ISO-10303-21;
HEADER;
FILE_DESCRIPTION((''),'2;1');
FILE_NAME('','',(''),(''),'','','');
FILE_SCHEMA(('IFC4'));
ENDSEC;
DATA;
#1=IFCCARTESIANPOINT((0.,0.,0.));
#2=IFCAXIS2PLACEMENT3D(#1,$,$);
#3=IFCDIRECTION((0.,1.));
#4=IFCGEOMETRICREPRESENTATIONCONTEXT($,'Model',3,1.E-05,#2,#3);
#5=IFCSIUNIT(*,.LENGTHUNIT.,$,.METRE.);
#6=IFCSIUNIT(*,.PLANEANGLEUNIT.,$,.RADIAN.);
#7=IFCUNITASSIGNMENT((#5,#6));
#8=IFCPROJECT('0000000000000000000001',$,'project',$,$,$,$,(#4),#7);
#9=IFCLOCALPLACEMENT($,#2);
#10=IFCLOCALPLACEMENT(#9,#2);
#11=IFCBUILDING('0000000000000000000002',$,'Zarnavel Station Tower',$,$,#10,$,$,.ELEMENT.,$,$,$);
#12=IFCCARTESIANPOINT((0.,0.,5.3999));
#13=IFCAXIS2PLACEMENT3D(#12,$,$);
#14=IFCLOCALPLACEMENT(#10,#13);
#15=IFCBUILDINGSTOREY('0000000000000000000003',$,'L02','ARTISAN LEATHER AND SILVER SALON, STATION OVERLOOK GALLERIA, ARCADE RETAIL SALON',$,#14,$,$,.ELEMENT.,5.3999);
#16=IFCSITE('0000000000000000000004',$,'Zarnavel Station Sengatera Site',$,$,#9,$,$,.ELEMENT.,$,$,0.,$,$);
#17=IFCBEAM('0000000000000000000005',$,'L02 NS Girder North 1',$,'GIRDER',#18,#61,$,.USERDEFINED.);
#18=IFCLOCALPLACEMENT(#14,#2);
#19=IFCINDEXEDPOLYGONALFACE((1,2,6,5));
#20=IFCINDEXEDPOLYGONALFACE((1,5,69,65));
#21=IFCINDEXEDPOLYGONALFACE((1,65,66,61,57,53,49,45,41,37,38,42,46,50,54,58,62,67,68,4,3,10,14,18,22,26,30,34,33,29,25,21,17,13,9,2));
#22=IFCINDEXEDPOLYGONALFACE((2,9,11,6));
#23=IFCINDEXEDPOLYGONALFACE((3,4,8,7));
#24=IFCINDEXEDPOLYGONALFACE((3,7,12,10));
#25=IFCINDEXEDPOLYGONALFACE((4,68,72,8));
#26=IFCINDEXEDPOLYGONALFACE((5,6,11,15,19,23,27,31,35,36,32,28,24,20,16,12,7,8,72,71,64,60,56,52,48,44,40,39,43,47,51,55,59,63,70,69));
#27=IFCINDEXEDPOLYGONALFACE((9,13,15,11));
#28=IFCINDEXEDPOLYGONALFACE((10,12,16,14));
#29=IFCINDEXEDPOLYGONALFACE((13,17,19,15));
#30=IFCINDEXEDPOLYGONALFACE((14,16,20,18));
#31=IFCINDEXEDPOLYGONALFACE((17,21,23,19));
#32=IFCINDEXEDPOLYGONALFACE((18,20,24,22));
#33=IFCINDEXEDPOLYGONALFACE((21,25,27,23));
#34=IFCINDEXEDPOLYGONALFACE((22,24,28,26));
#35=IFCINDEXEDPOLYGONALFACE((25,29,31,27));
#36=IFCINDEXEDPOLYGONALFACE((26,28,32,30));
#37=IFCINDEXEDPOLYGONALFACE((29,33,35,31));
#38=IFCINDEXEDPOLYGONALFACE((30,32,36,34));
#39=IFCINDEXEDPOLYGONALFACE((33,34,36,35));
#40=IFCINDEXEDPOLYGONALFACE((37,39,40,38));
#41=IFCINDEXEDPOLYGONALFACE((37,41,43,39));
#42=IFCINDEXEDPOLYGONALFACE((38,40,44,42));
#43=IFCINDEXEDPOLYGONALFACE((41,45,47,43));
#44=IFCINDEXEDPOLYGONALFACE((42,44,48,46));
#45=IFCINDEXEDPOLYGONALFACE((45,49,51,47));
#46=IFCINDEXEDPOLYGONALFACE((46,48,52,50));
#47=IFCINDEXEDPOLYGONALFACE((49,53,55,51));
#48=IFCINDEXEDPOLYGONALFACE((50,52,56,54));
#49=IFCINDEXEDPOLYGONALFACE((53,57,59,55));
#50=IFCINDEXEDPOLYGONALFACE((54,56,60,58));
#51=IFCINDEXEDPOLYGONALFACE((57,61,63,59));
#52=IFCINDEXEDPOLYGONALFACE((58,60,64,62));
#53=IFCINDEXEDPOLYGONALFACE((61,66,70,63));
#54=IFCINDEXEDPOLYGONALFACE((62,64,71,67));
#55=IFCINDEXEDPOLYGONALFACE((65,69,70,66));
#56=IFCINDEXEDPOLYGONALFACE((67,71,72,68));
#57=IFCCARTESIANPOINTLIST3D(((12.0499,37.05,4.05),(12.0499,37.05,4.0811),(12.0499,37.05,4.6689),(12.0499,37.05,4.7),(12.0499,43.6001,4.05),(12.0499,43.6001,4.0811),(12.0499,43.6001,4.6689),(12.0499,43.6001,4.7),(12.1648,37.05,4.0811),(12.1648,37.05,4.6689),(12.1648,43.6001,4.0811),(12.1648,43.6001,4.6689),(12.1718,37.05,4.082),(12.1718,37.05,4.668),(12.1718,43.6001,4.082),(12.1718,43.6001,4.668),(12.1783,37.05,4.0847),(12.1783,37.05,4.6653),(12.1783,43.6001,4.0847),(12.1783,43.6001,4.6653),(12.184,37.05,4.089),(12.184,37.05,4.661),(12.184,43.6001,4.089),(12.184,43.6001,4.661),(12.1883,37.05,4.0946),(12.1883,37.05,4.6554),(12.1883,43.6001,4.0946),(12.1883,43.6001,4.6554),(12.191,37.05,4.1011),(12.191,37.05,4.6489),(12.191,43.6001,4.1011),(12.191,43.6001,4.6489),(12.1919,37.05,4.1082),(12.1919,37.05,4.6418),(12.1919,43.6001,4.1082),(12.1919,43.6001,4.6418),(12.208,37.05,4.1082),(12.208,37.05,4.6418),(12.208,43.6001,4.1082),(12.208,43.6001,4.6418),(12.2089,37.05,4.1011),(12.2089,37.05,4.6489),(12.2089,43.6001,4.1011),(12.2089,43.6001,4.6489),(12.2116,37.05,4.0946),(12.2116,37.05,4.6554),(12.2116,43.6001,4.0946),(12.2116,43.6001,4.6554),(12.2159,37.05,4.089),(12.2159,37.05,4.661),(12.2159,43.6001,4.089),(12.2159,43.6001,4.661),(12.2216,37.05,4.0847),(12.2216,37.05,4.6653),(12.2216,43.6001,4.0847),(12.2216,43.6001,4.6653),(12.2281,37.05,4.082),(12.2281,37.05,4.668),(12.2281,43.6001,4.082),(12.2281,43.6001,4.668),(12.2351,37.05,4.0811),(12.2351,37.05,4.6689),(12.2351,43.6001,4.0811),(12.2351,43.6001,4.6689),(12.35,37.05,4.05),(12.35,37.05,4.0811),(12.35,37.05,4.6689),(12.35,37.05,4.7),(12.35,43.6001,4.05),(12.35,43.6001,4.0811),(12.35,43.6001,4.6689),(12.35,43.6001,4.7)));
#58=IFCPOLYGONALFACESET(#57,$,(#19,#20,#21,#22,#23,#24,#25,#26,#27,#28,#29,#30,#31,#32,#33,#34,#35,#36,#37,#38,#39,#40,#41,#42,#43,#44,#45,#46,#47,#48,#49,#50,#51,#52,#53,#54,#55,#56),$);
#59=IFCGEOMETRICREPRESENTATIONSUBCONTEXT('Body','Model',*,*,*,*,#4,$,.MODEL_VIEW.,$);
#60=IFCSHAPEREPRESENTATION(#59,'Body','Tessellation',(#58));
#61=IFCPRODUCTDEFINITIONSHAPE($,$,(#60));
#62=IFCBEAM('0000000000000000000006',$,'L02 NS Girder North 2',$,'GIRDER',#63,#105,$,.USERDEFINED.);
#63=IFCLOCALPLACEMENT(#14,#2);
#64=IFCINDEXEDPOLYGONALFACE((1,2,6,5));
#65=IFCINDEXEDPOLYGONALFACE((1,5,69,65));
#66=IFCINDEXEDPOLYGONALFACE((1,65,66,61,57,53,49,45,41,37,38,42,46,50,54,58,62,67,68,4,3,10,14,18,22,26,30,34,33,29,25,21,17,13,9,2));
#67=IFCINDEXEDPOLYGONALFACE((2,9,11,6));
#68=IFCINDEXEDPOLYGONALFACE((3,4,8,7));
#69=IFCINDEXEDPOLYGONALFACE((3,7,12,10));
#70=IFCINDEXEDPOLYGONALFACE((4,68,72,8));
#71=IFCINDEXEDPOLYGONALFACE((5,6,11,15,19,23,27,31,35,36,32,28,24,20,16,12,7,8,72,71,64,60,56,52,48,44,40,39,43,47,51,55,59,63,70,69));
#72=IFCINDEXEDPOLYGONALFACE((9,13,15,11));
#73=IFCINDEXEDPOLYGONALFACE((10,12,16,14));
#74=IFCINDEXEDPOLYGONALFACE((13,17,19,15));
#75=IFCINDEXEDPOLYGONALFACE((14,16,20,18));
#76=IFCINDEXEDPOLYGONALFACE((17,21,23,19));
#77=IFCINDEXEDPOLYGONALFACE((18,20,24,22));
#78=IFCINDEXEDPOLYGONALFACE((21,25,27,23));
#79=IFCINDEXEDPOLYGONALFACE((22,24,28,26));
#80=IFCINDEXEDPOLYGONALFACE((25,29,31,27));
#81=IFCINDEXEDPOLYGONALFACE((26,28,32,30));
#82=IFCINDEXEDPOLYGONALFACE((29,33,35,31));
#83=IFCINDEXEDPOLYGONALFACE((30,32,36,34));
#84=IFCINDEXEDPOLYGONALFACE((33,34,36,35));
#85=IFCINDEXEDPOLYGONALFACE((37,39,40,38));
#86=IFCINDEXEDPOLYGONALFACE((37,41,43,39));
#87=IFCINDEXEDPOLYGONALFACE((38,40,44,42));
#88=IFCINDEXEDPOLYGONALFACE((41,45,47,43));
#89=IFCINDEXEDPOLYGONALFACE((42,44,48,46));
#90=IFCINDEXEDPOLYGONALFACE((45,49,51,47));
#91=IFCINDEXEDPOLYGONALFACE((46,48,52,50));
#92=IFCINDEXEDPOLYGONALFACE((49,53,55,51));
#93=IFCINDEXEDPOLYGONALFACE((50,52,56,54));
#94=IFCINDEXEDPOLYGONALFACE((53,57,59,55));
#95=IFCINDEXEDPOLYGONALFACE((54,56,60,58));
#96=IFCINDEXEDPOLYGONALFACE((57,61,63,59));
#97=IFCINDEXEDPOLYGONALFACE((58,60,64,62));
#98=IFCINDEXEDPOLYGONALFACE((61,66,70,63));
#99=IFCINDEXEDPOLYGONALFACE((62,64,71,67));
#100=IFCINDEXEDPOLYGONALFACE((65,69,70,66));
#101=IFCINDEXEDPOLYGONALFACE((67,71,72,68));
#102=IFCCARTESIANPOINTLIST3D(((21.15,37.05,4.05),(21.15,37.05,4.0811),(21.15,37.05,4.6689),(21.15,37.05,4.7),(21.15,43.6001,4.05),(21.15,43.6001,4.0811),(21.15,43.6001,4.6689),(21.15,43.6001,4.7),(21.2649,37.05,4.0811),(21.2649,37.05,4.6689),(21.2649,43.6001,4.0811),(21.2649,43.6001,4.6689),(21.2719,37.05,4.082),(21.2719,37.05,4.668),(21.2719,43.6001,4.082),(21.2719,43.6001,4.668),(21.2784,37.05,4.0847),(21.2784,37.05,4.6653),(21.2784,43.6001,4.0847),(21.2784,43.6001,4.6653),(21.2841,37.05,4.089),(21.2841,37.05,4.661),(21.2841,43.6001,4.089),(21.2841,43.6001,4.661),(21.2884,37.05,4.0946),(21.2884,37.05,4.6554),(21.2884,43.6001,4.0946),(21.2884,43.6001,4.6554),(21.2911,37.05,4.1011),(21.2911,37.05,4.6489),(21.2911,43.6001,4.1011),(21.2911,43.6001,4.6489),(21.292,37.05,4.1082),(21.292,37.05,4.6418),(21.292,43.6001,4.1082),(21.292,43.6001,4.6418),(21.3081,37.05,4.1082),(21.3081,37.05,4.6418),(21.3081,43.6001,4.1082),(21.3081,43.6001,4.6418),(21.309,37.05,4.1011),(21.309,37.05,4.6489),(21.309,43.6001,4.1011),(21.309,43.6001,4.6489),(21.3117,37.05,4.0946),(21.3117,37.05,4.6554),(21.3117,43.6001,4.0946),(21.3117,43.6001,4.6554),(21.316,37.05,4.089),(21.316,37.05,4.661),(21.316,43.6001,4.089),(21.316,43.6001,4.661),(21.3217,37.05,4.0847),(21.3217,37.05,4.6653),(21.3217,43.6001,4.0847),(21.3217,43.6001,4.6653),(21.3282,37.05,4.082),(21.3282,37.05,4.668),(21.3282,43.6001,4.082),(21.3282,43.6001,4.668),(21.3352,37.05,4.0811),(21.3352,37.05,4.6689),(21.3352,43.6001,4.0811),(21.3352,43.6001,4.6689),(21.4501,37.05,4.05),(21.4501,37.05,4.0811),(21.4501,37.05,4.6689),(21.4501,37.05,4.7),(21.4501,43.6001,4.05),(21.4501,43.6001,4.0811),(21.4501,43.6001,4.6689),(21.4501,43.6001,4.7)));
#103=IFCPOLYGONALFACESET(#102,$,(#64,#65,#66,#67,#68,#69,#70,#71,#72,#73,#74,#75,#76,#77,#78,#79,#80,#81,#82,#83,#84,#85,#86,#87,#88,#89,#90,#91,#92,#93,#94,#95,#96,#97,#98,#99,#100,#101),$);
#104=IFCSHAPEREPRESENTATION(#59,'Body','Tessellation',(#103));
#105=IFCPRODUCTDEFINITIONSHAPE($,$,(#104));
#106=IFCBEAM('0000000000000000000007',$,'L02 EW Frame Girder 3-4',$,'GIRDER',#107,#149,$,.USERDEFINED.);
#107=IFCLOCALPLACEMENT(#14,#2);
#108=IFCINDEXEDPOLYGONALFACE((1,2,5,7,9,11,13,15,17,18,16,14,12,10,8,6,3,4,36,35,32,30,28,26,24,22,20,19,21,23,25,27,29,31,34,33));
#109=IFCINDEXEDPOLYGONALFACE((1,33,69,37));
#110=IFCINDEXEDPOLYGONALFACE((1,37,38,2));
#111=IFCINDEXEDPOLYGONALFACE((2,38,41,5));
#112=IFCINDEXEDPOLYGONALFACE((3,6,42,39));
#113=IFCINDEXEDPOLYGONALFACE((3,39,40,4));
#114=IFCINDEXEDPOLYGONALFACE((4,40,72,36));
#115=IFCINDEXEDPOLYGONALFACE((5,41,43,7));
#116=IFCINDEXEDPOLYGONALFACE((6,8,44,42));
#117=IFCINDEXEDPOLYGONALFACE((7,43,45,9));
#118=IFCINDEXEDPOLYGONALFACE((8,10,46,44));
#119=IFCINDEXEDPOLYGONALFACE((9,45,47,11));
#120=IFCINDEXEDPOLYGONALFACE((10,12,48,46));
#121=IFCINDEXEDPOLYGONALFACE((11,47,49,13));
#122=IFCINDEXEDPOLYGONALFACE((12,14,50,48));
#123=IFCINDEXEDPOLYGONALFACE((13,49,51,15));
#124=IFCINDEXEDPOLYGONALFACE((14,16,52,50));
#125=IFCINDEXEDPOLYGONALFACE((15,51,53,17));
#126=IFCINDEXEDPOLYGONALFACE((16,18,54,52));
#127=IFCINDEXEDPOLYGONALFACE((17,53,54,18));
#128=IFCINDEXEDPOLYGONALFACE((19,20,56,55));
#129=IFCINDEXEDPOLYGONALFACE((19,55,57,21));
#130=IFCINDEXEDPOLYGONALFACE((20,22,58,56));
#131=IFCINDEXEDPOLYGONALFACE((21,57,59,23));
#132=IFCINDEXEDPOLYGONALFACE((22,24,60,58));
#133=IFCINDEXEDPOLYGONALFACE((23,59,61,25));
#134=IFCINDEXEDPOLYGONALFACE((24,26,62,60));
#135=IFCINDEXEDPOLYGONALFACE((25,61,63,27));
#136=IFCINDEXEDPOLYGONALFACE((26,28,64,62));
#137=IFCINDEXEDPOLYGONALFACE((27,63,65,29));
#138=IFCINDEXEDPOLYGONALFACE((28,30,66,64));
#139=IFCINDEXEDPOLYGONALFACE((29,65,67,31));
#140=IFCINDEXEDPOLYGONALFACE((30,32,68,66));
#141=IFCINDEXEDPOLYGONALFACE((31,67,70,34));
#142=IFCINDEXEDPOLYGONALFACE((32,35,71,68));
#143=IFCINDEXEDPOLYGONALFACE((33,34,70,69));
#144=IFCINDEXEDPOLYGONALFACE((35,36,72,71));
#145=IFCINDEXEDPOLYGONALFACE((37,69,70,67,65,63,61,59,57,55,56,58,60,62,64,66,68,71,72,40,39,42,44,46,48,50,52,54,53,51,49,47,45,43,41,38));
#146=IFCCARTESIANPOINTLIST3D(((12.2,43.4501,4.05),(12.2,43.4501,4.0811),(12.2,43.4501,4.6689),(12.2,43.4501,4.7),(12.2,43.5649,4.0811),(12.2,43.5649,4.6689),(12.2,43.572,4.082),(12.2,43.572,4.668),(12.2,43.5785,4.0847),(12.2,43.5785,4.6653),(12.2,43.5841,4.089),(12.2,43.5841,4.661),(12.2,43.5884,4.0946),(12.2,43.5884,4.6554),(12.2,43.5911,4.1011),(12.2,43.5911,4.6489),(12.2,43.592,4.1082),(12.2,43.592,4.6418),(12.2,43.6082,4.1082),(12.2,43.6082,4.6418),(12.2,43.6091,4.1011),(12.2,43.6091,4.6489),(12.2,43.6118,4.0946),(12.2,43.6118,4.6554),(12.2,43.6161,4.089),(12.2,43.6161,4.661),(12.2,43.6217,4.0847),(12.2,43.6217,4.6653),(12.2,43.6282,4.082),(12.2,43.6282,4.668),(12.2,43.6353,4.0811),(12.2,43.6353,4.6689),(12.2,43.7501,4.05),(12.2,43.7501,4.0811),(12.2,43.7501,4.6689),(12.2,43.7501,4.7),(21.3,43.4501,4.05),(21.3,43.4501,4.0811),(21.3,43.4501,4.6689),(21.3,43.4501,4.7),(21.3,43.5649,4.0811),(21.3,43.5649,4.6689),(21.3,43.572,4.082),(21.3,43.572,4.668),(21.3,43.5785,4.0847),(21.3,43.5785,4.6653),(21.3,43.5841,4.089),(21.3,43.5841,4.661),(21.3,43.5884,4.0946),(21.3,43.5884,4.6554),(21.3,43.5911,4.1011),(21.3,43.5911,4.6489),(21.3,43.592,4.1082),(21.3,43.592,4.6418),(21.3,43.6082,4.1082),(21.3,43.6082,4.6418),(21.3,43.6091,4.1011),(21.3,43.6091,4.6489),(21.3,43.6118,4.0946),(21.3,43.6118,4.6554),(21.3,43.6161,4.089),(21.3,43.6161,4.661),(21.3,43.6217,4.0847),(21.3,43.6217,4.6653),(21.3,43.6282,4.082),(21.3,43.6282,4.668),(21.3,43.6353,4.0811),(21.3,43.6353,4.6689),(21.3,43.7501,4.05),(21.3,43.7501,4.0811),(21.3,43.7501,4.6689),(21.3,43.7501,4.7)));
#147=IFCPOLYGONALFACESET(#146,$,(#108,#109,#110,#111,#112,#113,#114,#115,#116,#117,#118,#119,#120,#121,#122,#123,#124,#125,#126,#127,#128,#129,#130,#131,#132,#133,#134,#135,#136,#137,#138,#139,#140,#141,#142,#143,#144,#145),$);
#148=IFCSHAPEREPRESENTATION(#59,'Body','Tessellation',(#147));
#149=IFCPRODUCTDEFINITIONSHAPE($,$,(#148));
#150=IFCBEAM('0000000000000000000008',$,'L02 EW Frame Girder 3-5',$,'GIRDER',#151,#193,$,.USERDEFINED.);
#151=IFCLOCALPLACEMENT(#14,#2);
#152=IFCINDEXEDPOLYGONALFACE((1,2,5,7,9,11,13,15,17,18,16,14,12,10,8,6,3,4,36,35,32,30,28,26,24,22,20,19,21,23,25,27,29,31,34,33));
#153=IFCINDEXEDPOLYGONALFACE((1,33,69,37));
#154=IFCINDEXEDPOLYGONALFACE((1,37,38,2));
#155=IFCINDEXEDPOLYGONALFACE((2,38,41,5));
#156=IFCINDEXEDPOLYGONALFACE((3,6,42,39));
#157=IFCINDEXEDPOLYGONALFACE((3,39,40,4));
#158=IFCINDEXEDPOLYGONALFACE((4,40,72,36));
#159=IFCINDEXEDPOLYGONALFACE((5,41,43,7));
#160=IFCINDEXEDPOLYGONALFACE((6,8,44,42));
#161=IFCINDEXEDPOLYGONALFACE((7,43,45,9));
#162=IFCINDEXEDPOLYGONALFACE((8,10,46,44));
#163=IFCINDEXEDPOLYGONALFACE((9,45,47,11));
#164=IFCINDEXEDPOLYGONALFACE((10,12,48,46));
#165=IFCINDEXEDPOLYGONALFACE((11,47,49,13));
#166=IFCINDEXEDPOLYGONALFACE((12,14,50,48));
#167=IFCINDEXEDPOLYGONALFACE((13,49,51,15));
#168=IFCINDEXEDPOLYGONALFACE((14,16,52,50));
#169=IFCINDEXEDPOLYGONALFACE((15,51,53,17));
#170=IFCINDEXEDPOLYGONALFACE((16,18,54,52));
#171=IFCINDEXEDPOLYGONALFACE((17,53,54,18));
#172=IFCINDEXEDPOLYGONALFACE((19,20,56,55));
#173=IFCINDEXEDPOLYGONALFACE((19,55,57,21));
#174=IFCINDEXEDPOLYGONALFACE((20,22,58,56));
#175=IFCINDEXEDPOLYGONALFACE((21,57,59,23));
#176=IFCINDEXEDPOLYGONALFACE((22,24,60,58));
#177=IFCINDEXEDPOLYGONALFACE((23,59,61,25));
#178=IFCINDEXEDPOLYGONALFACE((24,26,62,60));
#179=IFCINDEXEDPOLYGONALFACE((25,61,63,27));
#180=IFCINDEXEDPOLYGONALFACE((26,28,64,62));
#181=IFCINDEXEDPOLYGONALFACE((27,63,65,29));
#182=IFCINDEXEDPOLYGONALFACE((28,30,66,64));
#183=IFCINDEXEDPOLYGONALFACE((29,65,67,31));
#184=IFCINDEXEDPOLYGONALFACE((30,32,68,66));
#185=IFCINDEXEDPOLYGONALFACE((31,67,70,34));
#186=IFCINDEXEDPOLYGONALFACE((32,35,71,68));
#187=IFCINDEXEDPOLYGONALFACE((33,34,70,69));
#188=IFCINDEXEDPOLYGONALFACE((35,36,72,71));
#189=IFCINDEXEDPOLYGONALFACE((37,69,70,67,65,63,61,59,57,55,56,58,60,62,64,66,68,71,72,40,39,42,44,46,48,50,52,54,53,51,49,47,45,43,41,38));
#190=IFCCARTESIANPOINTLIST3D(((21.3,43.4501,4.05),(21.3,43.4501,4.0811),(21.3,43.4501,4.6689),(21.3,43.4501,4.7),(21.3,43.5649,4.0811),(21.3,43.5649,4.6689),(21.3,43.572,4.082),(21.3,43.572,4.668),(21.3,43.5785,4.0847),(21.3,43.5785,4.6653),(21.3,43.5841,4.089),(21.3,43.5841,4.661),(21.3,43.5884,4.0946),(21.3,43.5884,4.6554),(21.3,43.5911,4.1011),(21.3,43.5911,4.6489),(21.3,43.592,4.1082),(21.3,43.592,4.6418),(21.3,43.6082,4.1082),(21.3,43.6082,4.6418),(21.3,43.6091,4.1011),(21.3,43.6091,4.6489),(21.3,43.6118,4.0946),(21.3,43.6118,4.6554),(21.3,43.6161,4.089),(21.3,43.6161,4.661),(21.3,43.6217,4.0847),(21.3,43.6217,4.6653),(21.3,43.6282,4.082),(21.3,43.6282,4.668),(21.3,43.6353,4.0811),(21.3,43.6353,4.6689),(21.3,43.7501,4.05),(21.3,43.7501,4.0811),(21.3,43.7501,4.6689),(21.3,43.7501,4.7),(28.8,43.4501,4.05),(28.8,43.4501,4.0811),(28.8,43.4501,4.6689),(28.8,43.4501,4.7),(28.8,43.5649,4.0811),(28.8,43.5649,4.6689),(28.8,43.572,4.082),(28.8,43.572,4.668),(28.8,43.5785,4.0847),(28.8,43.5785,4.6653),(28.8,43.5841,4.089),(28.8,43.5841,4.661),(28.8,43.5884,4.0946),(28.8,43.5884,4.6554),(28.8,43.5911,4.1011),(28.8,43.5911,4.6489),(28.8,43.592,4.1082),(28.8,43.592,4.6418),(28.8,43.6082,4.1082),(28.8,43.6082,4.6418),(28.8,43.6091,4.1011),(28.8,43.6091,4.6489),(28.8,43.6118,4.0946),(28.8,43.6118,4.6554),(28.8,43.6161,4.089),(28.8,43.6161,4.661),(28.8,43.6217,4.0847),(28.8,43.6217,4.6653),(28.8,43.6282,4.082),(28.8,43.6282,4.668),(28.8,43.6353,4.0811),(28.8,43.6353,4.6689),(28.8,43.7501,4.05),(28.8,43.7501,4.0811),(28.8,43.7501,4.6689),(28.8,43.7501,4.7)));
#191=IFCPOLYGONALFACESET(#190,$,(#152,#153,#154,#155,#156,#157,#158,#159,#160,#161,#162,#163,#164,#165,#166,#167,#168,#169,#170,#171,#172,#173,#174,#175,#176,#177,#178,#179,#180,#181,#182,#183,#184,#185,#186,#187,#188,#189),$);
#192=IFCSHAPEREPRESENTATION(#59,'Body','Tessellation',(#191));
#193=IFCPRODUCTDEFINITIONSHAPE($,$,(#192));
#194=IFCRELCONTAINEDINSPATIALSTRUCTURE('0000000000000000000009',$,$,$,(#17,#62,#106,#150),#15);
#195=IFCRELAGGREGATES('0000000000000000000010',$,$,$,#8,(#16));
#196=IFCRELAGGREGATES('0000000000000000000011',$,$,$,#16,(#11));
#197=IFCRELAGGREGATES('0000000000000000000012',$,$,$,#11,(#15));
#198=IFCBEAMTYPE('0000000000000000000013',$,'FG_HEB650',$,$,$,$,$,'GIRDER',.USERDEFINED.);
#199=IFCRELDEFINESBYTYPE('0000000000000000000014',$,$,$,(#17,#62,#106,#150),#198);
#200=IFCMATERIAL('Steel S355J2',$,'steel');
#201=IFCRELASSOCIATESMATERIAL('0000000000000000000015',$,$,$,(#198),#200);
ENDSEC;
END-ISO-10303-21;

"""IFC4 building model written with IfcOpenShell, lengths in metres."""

from ifc_helpers import new_model, si_unit, direction, frame, origin, origin_2d, place, context, subcontext, project, spatial, i_section, extrude, material, material_profile, profile_set, type_object, element, save


model = new_model("IFC4")

# Units and contexts
model_context = context("Model", 3, precision=1e-05, world=origin(), true_north=direction((0.0, 1.0)))
body_context = subcontext(model_context, "Body", "Model", "MODEL_VIEW")
ifc_project = project(units=[si_unit("LENGTHUNIT", "METRE"), si_unit("PLANEANGLEUNIT", "RADIAN")], contexts=[model_context])

# Site, building, storey
site_placement = place(None, origin())
site = spatial("IfcSite", under=ifc_project, at=site_placement, Name="Zarnavel Station Sengatera Site", CompositionType="ELEMENT", RefElevation=0.0)
building_placement = place(site_placement, origin())
building = spatial("IfcBuilding", under=site, at=building_placement, Name="Zarnavel Station Tower", CompositionType="ELEMENT")
storey_placement = place(building_placement, frame((0.0, 0.0, 5.3999)))
storey = spatial("IfcBuildingStorey", under=building, at=storey_placement, Name="L02", Description="ARTISAN LEATHER AND SILVER SALON, STATION OVERLOOK GALLERIA, ARCADE RETAIL SALON", CompositionType="ELEMENT", Elevation=5.3999)

# Beams
ifc_material_1 = material(Name="Steel S355J2", Category="steel")
ifc_material_profile_1 = material_profile(ifc_material_1, i_section(OverallWidth=0.3, OverallDepth=0.6499, WebThickness=0.0161, FlangeThickness=0.031, FilletRadius=0.0271, at=origin_2d()), Name="HEB650")
ifc_profile_set_1 = profile_set([ifc_material_profile_1], Name="Steel S355J2")
beam_type = type_object("IfcBeamType", Name="FG_HEB650", ElementType="GIRDER", PredefinedType="USERDEFINED", material=ifc_profile_set_1)
for number, where, z_axis, x_axis, name in (
    (1, (12.2, 37.05, 4.375), (0.0, 1.0, 0.0), (-1.0, 0.0, 0.0), "L02 NS Girder North 1"),
    (2, (21.3, 37.05, 4.375), (0.0, 1.0, 0.0), (-1.0, 0.0, 0.0), "L02 NS Girder North 2"),
):
    element("IfcBeam", number, at=place(storey_placement, frame(where, z_axis=z_axis, x_axis=x_axis)), inside=storey, type_object=beam_type, Name=name, ObjectType="GIRDER", PredefinedType="USERDEFINED", context=body_context, shape_type="SweptSolid", body=[
        extrude(i_section(OverallWidth=0.3, OverallDepth=0.6499, WebThickness=0.0161, FlangeThickness=0.031, FilletRadius=0.0271, at=origin_2d()), origin(), (0.0, 0.0, 1.0), 6.55),
    ])
beam_1_placement = place(storey_placement, frame((12.2, 43.6001, 4.375), z_axis=(1.0, 0.0, 0.0), x_axis=(0.0, 1.0, 0.0)))
element("IfcBeam", 3, at=beam_1_placement, inside=storey, type_object=beam_type, Name="L02 EW Frame Girder 3-4", ObjectType="GIRDER", PredefinedType="USERDEFINED", context=body_context, shape_type="SweptSolid", body=[
    extrude(i_section(OverallWidth=0.3, OverallDepth=0.6499, WebThickness=0.0161, FlangeThickness=0.031, FilletRadius=0.0271, at=origin_2d()), origin(), (0.0, 0.0, 1.0), 9.1001),
])
beam_2_placement = place(storey_placement, frame((21.3, 43.6001, 4.375), z_axis=(1.0, 0.0, 0.0), x_axis=(0.0, 1.0, 0.0)))
element("IfcBeam", 4, at=beam_2_placement, inside=storey, type_object=beam_type, Name="L02 EW Frame Girder 3-5", ObjectType="GIRDER", PredefinedType="USERDEFINED", context=body_context, shape_type="SweptSolid", body=[
    extrude(i_section(OverallWidth=0.3, OverallDepth=0.6499, WebThickness=0.0161, FlangeThickness=0.031, FilletRadius=0.0271, at=origin_2d()), origin(), (0.0, 0.0, 1.0), 7.5),
])

save(model, "model.ifc")
